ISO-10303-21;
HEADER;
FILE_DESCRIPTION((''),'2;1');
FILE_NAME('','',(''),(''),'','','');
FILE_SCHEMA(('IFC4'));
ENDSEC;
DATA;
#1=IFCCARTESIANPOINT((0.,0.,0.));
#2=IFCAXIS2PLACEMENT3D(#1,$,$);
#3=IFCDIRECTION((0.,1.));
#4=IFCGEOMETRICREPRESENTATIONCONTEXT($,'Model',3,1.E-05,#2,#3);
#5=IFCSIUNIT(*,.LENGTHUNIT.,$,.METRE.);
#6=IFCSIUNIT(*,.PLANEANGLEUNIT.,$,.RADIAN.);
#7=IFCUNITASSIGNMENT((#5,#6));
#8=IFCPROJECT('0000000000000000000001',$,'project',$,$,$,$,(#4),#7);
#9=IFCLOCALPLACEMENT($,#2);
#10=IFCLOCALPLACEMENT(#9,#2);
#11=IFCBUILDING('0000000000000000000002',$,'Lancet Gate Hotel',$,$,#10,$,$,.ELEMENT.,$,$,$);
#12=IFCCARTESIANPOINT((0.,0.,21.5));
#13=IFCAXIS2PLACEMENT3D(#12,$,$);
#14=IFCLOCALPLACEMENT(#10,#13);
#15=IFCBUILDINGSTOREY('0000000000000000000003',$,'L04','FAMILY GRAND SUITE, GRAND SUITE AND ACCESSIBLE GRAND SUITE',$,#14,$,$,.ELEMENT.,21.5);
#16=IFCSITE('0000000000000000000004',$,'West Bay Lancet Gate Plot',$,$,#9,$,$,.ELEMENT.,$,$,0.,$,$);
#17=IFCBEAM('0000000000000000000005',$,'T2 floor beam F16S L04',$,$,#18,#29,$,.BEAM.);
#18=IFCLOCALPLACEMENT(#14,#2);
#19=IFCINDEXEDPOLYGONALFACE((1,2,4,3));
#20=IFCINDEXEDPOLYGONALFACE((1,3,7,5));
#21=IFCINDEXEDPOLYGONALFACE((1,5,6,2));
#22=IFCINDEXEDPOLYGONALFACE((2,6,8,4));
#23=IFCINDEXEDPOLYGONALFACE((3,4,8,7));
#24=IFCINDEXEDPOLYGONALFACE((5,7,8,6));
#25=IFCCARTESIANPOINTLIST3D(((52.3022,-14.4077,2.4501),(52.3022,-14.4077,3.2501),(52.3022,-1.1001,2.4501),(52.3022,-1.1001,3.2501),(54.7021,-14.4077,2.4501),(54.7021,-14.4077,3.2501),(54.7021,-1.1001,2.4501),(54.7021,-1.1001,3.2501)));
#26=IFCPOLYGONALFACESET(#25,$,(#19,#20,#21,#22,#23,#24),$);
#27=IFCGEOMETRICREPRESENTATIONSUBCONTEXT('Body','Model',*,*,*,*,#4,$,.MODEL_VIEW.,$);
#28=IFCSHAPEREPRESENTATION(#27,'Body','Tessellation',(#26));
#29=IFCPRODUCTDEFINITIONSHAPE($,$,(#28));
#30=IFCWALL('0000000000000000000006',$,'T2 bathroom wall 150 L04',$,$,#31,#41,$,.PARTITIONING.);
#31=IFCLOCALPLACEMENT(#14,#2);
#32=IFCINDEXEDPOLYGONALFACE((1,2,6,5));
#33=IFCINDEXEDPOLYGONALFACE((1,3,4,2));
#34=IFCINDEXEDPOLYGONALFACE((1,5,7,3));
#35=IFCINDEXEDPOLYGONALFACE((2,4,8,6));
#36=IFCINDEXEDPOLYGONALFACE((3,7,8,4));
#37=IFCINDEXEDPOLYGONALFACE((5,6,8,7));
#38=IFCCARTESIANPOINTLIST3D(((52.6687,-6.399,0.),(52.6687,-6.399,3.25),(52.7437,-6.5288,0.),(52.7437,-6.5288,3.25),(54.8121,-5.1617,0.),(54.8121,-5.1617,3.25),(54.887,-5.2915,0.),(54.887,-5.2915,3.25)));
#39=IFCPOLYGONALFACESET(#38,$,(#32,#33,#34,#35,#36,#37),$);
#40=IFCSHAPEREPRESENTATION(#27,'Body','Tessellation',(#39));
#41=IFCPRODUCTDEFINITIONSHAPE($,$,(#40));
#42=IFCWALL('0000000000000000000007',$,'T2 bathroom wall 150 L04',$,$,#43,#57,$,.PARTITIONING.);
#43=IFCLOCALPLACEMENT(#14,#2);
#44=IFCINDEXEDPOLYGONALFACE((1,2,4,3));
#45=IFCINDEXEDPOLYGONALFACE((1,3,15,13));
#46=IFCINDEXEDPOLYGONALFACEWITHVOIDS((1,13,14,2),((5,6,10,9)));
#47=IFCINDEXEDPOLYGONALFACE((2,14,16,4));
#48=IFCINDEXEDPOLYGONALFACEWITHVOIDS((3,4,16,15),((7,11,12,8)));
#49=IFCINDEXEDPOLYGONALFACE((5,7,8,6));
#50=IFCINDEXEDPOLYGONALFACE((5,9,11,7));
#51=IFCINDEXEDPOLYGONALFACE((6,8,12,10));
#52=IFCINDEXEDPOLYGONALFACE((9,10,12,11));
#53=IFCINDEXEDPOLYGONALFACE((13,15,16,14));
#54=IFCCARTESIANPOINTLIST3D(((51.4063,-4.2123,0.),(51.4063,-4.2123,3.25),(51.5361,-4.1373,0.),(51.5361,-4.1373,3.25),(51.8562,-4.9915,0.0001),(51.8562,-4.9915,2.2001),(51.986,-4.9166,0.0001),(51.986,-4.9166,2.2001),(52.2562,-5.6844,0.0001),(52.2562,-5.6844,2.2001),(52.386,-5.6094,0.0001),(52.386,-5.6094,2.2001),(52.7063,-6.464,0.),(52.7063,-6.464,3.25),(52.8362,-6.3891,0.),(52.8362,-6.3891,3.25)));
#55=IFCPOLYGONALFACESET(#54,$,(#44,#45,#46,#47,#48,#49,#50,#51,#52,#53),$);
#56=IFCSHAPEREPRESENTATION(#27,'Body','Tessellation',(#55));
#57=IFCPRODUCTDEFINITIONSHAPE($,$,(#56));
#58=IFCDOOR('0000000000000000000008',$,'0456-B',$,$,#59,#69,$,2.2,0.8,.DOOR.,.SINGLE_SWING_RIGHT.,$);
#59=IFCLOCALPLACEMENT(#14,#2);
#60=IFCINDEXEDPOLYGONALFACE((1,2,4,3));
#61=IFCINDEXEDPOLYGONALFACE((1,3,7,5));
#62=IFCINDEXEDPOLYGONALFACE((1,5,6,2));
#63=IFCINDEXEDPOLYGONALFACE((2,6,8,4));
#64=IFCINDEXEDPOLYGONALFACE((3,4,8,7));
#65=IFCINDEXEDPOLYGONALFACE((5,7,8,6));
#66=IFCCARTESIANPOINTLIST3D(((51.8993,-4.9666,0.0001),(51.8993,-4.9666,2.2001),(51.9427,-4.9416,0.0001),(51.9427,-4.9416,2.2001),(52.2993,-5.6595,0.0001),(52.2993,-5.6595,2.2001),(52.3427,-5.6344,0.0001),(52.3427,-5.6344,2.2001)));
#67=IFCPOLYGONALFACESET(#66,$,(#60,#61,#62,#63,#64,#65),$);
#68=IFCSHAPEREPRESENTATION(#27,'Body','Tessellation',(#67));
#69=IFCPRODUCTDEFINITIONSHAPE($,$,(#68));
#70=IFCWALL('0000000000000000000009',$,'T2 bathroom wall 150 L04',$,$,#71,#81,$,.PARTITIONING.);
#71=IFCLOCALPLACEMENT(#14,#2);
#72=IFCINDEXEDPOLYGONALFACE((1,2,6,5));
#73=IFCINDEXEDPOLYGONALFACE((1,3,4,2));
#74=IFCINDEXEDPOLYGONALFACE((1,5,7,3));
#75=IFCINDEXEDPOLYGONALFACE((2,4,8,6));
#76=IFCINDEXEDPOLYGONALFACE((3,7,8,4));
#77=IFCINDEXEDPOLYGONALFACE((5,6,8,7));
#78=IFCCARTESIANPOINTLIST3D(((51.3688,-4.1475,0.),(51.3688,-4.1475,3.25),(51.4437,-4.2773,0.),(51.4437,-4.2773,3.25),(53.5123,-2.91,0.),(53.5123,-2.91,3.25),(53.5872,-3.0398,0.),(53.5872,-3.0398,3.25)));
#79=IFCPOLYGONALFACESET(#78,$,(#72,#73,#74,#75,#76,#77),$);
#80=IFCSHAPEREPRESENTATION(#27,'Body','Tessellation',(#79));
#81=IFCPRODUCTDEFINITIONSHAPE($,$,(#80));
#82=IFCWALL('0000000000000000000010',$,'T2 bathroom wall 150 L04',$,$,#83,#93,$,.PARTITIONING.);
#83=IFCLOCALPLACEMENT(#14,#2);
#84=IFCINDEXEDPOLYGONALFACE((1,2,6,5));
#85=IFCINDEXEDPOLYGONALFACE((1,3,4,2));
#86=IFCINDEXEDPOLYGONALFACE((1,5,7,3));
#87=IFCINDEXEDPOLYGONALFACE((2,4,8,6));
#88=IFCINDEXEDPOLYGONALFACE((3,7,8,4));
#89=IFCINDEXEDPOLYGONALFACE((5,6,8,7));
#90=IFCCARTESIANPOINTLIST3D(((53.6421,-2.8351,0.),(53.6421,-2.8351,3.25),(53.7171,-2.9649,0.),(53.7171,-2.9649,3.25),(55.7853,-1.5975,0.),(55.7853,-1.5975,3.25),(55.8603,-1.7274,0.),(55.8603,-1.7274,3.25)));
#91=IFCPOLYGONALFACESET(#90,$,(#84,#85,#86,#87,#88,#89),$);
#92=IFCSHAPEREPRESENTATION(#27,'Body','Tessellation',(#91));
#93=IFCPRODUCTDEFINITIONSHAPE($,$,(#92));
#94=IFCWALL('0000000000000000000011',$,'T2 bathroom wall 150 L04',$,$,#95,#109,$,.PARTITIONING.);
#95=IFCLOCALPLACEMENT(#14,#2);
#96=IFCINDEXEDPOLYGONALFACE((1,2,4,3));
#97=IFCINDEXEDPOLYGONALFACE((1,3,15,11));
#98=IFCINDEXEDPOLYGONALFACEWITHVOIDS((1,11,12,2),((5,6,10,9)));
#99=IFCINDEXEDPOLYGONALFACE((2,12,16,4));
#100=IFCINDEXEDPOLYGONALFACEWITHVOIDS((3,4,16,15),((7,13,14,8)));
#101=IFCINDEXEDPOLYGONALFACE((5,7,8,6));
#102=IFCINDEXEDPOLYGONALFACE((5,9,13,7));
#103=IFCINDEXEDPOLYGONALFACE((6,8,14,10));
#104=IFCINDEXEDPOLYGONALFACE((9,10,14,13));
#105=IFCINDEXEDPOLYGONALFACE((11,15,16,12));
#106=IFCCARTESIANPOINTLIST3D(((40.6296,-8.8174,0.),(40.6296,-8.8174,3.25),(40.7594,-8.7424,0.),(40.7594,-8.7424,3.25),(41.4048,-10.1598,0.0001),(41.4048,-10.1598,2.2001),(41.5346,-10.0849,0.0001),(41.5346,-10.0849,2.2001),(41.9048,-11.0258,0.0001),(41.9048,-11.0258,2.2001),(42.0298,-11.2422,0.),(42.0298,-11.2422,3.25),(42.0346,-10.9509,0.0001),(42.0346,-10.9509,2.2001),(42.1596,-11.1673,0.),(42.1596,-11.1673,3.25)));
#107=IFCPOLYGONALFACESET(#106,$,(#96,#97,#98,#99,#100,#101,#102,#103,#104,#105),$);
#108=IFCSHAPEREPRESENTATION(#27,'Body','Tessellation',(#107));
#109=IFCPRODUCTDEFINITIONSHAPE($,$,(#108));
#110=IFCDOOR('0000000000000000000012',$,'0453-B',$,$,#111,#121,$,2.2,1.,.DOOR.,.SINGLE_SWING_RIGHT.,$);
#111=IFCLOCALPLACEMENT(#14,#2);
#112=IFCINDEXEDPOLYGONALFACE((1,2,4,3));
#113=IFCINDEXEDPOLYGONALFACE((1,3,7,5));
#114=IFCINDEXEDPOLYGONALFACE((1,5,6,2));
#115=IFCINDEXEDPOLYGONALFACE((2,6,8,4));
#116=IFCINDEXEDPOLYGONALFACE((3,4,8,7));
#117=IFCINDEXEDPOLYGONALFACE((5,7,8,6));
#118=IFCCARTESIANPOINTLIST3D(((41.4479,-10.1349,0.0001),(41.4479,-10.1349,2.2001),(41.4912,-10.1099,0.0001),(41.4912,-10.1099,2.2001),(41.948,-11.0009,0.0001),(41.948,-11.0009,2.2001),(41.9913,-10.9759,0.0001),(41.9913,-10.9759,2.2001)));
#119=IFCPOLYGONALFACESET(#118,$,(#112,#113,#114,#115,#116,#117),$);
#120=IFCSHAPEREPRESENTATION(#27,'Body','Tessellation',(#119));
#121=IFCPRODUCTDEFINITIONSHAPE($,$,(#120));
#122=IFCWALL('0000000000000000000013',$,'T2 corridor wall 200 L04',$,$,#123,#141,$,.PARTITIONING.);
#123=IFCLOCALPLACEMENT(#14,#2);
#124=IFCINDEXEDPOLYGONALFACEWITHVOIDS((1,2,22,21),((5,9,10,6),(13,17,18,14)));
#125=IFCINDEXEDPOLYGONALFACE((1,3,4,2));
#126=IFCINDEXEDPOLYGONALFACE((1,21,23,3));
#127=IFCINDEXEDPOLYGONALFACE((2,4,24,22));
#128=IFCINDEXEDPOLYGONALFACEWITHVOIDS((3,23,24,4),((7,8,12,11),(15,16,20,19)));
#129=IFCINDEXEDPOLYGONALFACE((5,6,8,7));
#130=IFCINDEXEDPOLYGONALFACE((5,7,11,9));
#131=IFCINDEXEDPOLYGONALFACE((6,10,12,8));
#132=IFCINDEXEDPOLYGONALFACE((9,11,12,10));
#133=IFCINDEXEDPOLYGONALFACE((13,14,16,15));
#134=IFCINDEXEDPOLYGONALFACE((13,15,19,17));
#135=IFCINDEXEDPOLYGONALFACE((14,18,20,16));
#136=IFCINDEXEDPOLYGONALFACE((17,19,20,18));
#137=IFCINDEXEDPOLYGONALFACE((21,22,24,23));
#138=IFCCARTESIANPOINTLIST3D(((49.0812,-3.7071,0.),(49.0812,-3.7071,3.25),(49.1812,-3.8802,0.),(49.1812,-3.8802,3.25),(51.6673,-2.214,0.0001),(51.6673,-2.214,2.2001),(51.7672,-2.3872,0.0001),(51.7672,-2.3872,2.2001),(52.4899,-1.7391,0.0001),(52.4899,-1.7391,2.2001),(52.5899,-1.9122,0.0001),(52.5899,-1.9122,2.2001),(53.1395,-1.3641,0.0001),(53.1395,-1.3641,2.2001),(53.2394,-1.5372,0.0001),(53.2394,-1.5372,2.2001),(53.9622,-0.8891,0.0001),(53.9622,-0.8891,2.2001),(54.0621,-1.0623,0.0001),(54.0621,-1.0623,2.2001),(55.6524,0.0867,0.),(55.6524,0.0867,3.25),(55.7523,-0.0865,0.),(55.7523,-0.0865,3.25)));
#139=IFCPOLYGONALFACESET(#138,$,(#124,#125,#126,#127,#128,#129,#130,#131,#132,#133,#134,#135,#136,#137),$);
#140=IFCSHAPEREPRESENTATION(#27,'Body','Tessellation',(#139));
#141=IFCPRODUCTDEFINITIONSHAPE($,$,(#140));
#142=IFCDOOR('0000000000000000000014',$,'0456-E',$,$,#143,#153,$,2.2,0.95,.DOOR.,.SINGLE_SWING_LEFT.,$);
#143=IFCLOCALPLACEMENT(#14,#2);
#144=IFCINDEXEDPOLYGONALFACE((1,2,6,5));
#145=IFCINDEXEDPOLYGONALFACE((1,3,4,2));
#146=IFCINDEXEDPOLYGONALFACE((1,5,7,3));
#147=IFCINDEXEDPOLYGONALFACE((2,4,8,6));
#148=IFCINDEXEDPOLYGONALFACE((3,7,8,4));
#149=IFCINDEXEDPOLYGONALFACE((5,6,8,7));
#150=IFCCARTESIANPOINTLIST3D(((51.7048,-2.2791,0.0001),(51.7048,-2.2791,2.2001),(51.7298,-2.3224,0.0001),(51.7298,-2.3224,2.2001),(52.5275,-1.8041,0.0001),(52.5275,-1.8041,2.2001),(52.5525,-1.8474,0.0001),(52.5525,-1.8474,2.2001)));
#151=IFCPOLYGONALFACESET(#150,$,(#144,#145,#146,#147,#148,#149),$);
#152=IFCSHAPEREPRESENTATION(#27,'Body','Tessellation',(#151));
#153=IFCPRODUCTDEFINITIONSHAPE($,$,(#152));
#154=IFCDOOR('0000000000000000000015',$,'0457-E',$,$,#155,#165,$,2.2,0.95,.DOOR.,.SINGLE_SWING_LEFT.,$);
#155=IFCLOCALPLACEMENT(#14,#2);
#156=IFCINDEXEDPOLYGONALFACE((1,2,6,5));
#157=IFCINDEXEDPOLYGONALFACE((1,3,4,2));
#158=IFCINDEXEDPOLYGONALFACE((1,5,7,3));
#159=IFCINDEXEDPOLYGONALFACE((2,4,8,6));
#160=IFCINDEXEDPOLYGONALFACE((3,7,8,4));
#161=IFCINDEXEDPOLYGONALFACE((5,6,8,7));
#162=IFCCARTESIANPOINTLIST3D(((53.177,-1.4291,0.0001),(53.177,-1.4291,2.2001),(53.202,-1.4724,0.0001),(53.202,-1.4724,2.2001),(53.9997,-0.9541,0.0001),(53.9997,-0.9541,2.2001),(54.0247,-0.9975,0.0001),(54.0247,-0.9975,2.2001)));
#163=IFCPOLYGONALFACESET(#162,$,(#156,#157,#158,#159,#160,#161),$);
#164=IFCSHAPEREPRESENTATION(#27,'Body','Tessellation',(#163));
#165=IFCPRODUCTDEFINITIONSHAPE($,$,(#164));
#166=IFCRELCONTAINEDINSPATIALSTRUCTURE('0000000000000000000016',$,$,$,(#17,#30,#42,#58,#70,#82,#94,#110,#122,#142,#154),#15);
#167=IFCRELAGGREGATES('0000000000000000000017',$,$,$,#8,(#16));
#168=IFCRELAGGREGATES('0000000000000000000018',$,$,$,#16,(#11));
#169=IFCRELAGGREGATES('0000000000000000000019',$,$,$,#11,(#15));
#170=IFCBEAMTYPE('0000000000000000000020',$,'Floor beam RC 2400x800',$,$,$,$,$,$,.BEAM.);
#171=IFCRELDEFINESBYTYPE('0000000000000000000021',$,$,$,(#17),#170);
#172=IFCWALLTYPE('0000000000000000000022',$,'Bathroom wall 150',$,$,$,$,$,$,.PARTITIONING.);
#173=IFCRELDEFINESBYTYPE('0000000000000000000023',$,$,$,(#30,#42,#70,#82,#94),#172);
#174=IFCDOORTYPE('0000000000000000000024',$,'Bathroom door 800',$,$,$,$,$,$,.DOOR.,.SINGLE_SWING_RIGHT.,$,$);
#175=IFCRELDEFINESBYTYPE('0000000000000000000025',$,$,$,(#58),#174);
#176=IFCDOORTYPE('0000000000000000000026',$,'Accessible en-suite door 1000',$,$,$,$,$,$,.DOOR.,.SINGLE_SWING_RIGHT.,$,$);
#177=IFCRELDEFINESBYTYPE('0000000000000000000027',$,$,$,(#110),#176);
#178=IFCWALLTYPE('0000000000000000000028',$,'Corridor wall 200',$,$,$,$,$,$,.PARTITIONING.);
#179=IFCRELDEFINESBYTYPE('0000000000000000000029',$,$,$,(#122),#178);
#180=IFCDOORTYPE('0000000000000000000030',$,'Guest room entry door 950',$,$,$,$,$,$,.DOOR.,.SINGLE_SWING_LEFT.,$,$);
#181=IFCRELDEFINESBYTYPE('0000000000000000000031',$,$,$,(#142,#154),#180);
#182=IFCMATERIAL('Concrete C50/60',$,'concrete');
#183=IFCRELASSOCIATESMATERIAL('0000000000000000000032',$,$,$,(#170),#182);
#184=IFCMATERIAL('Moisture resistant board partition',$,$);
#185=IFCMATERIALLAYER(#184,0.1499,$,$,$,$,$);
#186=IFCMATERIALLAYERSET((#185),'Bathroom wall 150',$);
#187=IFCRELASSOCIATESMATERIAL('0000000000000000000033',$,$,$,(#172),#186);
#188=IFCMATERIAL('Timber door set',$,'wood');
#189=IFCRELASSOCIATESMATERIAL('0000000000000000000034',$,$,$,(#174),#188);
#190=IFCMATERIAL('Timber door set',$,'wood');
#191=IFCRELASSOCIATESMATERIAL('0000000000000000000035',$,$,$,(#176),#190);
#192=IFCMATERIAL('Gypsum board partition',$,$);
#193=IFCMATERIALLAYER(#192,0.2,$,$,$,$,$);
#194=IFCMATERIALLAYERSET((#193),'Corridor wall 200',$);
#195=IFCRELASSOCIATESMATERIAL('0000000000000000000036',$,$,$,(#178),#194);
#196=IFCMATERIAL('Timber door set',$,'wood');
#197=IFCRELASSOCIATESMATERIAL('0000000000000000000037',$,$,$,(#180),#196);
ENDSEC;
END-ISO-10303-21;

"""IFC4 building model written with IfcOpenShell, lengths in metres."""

from ifc_helpers import new_model, si_unit, direction, frame, frame_2d, origin, origin_2d, place, context, subcontext, project, spatial, rectangle, extrude, material, layer, layer_set, material_profile, profile_set, type_object, element, fill, save


model = new_model("IFC4")

# Units and contexts
model_context = context("Model", 3, precision=1e-05, world=origin(), true_north=direction((0.0, 1.0)))
body_context = subcontext(model_context, "Body", "Model", "MODEL_VIEW")
ifc_project = project(units=[si_unit("LENGTHUNIT", "METRE"), si_unit("PLANEANGLEUNIT", "RADIAN")], contexts=[model_context])

# Site, building, storey
site_placement = place(None, origin())
site = spatial("IfcSite", under=ifc_project, at=site_placement, Name="West Bay Lancet Gate Plot", CompositionType="ELEMENT", RefElevation=0.0)
building_placement = place(site_placement, origin())
building = spatial("IfcBuilding", under=site, at=building_placement, Name="Lancet Gate Hotel", CompositionType="ELEMENT")
storey_placement = place(building_placement, frame((0.0, 0.0, 21.5)))
storey = spatial("IfcBuildingStorey", under=building, at=storey_placement, Name="L04", Description="FAMILY GRAND SUITE, GRAND SUITE AND ACCESSIBLE GRAND SUITE", CompositionType="ELEMENT", Elevation=21.5)

# Beam
ifc_material_1 = material(Name="Concrete C50/60", Category="concrete")
ifc_material_profile = material_profile(ifc_material_1, rectangle(XDim=2.3999, YDim=0.8, at=origin_2d()), Name="RC 2400x800")
ifc_profile_set = profile_set([ifc_material_profile], Name="Concrete C50/60")
beam_type = type_object("IfcBeamType", Name="Floor beam RC 2400x800", PredefinedType="BEAM", material=ifc_profile_set)
beam_placement = place(storey_placement, frame((53.5022, -14.4077, 2.8501), z_axis=(0.0, 1.0, 0.0), x_axis=(-1.0, 0.0, 0.0)))
element("IfcBeam", 1, at=beam_placement, inside=storey, type_object=beam_type, Name="T2 floor beam F16S L04", PredefinedType="BEAM", context=body_context, shape_type="SweptSolid", body=[
    extrude(rectangle(XDim=2.3999, YDim=0.8, at=origin_2d()), origin(), (0.0, 0.0, 1.0), 13.3076),
])

# Wall
ifc_material_2 = material(Name="Moisture resistant board partition")
ifc_layer_1 = layer(ifc_material_2, 0.1499)
ifc_layer_set_1 = layer_set([ifc_layer_1], Name="Bathroom wall 150")
wall_type_1 = type_object("IfcWallType", Name="Bathroom wall 150", PredefinedType="PARTITIONING", material=ifc_layer_set_1)
wall_1_placement = place(storey_placement, frame((52.7063, -6.4639, 0.0), z_axis=(0.0, 0.0, 1.0), x_axis=(0.866049, 0.499959, 0.0)))
element("IfcWall", 2, at=wall_1_placement, inside=storey, type_object=wall_type_1, Name="T2 bathroom wall 150 L04", PredefinedType="PARTITIONING", context=body_context, shape_type="SweptSolid", body=[
    extrude(rectangle(XDim=2.4749, YDim=0.1499, at=frame_2d((1.2373, 0.0))), origin(), (0.0, 0.0, 1.0), 3.25),
])

# Wall, opening, door
wall_2_placement = place(storey_placement, frame((51.4712, -4.1748, 0.0), z_axis=(0.0, 0.0, 1.0), x_axis=(0.500007, -0.866021, 0.0)))
wall_2 = element("IfcWall", 3, at=wall_2_placement, inside=storey, type_object=wall_type_1, Name="T2 bathroom wall 150 L04", PredefinedType="PARTITIONING", context=body_context, shape_type="SweptSolid", body=[
    extrude(rectangle(XDim=2.6001, YDim=0.1499, at=frame_2d((1.3, 0.0))), origin(), (0.0, 0.0, 1.0), 3.25),
])
opening_1_placement = place(wall_2_placement, frame((0.8999, 0.0, 0.0)))
opening_1 = element("IfcOpeningElement", 4, at=opening_1_placement, cuts=wall_2, PredefinedType="OPENING", context=body_context, shape_type="SweptSolid", body=[
    extrude(rectangle(XDim=0.8, YDim=2.2, at=frame_2d((0.3999, 1.1001))), frame((0.0, 0.085, 0.0), z_axis=(0.0, -1.0, 0.0), x_axis=(1.0, 0.0, 0.0)), (0.0, 0.0, 1.0), 0.1699),
])
ifc_material_3 = material(Name="Timber door set", Category="wood")
door_type_1 = type_object("IfcDoorType", Name="Bathroom door 800", OperationType="SINGLE_SWING_RIGHT", PredefinedType="DOOR", material=ifc_material_3)
door_1_placement = place(opening_1_placement, origin())
door_1 = element("IfcDoor", 5, at=door_1_placement, inside=storey, type_object=door_type_1, Name="0456-B", OperationType="SINGLE_SWING_RIGHT", OverallHeight=2.2, OverallWidth=0.8, PredefinedType="DOOR", context=body_context, shape_type="SweptSolid", body=[
    extrude(rectangle(XDim=0.8, YDim=2.2, at=frame_2d((0.3999, 1.1001))), frame((0.0, 0.0249, 0.0), z_axis=(0.0, -1.0, 0.0), x_axis=(1.0, 0.0, 0.0)), (0.0, 0.0, 1.0), 0.05),
])
fill(opening_1, door_1)

# Walls
wall_3_placement = place(storey_placement, frame((51.4062, -4.2124, 0.0), z_axis=(0.0, 0.0, 1.0), x_axis=(0.866031, 0.49999, 0.0)))
element("IfcWall", 6, at=wall_3_placement, inside=storey, type_object=wall_type_1, Name="T2 bathroom wall 150 L04", PredefinedType="PARTITIONING", context=body_context, shape_type="SweptSolid", body=[
    extrude(rectangle(XDim=2.4751, YDim=0.1499, at=frame_2d((1.2375, 0.0))), origin(), (0.0, 0.0, 1.0), 3.25),
])
wall_4_placement = place(storey_placement, frame((53.6797, -2.8999, 0.0), z_axis=(0.0, 0.0, 1.0), x_axis=(0.866007, 0.500033, 0.0)))
element("IfcWall", 7, at=wall_4_placement, inside=storey, type_object=wall_type_1, Name="T2 bathroom wall 150 L04", PredefinedType="PARTITIONING", context=body_context, shape_type="SweptSolid", body=[
    extrude(rectangle(XDim=2.4749, YDim=0.1499, at=frame_2d((1.2373, 0.0))), origin(), (0.0, 0.0, 1.0), 3.25),
])

# Wall, opening, door
wall_5_placement = place(storey_placement, frame((40.6946, -8.78, 0.0), z_axis=(0.0, 0.0, 1.0), x_axis=(0.50005, -0.865997, 0.0)))
wall_5 = element("IfcWall", 8, at=wall_5_placement, inside=storey, type_object=wall_type_1, Name="T2 bathroom wall 150 L04", PredefinedType="PARTITIONING", context=body_context, shape_type="SweptSolid", body=[
    extrude(rectangle(XDim=2.8, YDim=0.1499, at=frame_2d((1.3999, 0.0))), origin(), (0.0, 0.0, 1.0), 3.25),
])
opening_2_placement = place(wall_5_placement, frame((1.55, 0.0, 0.0)))
opening_2 = element("IfcOpeningElement", 9, at=opening_2_placement, cuts=wall_5, PredefinedType="OPENING", context=body_context, shape_type="SweptSolid", body=[
    extrude(rectangle(XDim=1.0, YDim=2.2, at=frame_2d((0.5, 1.1001))), frame((0.0, 0.085, 0.0), z_axis=(0.0, -1.0, 0.0), x_axis=(1.0, 0.0, 0.0)), (0.0, 0.0, 1.0), 0.1699),
])
ifc_material_4 = material(Name="Timber door set", Category="wood")
door_type_2 = type_object("IfcDoorType", Name="Accessible en-suite door 1000", OperationType="SINGLE_SWING_RIGHT", PredefinedType="DOOR", material=ifc_material_4)
door_2_placement = place(opening_2_placement, origin())
door_2 = element("IfcDoor", 10, at=door_2_placement, inside=storey, type_object=door_type_2, Name="0453-B", OperationType="SINGLE_SWING_RIGHT", OverallHeight=2.2, OverallWidth=1.0, PredefinedType="DOOR", context=body_context, shape_type="SweptSolid", body=[
    extrude(rectangle(XDim=1.0, YDim=2.2, at=frame_2d((0.5, 1.1001))), frame((0.0, 0.0249, 0.0), z_axis=(0.0, -1.0, 0.0), x_axis=(1.0, 0.0, 0.0)), (0.0, 0.0, 1.0), 0.05),
])
fill(opening_2, door_2)

# Wall, openings, doors
ifc_material_5 = material(Name="Gypsum board partition")
ifc_layer_2 = layer(ifc_material_5, 0.2)
ifc_layer_set_2 = layer_set([ifc_layer_2], Name="Corridor wall 200")
wall_type_2 = type_object("IfcWallType", Name="Corridor wall 200", PredefinedType="PARTITIONING", material=ifc_layer_set_2)
wall_6_placement = place(storey_placement, frame((49.1311, -3.7937, 0.0), z_axis=(0.0, 0.0, 1.0), x_axis=(0.866031, 0.499991, 0.0)))
wall_6 = element("IfcWall", 11, at=wall_6_placement, inside=storey, type_object=wall_type_2, Name="T2 corridor wall 200 L04", PredefinedType="PARTITIONING", context=body_context, shape_type="SweptSolid", body=[
    extrude(rectangle(XDim=7.5876, YDim=0.2, at=frame_2d((3.7939, 0.0))), origin(), (0.0, 0.0, 1.0), 3.25),
])
opening_3_placement = place(wall_6_placement, frame((2.9861, 0.0, 0.0)))
opening_3 = element("IfcOpeningElement", 12, at=opening_3_placement, cuts=wall_6, PredefinedType="OPENING", context=body_context, shape_type="SweptSolid", body=[
    extrude(rectangle(XDim=0.95, YDim=2.2, at=frame_2d((0.4751, 1.1001))), frame((0.0, 0.1099, 0.0), z_axis=(0.0, -1.0, 0.0), x_axis=(1.0, 0.0, 0.0)), (0.0, 0.0, 1.0), 0.22),
])
opening_4_placement = place(wall_6_placement, frame((4.686, 0.0, 0.0)))
opening_4 = element("IfcOpeningElement", 13, at=opening_4_placement, cuts=wall_6, PredefinedType="OPENING", context=body_context, shape_type="SweptSolid", body=[
    extrude(rectangle(XDim=0.95, YDim=2.2, at=frame_2d((0.4751, 1.1001))), frame((0.0, 0.1099, 0.0), z_axis=(0.0, -1.0, 0.0), x_axis=(1.0, 0.0, 0.0)), (0.0, 0.0, 1.0), 0.22),
])
ifc_material_6 = material(Name="Timber door set", Category="wood")
door_type_3 = type_object("IfcDoorType", Name="Guest room entry door 950", OperationType="SINGLE_SWING_LEFT", PredefinedType="DOOR", material=ifc_material_6)
door_3_placement = place(opening_3_placement, origin())
door_3 = element("IfcDoor", 14, at=door_3_placement, inside=storey, type_object=door_type_3, Name="0456-E", OperationType="SINGLE_SWING_LEFT", OverallHeight=2.2, OverallWidth=0.95, PredefinedType="DOOR", context=body_context, shape_type="SweptSolid", body=[
    extrude(rectangle(XDim=0.95, YDim=2.2, at=frame_2d((0.4751, 1.1001))), frame((0.0, 0.0249, 0.0), z_axis=(0.0, -1.0, 0.0), x_axis=(1.0, 0.0, 0.0)), (0.0, 0.0, 1.0), 0.05),
])
fill(opening_3, door_3)
door_4_placement = place(opening_4_placement, origin())
door_4 = element("IfcDoor", 15, at=door_4_placement, inside=storey, type_object=door_type_3, Name="0457-E", OperationType="SINGLE_SWING_LEFT", OverallHeight=2.2, OverallWidth=0.95, PredefinedType="DOOR", context=body_context, shape_type="SweptSolid", body=[
    extrude(rectangle(XDim=0.95, YDim=2.2, at=frame_2d((0.4751, 1.1001))), frame((0.0, 0.0249, 0.0), z_axis=(0.0, -1.0, 0.0), x_axis=(1.0, 0.0, 0.0)), (0.0, 0.0, 1.0), 0.05),
])
fill(opening_4, door_4)

save(model, "model.ifc")
